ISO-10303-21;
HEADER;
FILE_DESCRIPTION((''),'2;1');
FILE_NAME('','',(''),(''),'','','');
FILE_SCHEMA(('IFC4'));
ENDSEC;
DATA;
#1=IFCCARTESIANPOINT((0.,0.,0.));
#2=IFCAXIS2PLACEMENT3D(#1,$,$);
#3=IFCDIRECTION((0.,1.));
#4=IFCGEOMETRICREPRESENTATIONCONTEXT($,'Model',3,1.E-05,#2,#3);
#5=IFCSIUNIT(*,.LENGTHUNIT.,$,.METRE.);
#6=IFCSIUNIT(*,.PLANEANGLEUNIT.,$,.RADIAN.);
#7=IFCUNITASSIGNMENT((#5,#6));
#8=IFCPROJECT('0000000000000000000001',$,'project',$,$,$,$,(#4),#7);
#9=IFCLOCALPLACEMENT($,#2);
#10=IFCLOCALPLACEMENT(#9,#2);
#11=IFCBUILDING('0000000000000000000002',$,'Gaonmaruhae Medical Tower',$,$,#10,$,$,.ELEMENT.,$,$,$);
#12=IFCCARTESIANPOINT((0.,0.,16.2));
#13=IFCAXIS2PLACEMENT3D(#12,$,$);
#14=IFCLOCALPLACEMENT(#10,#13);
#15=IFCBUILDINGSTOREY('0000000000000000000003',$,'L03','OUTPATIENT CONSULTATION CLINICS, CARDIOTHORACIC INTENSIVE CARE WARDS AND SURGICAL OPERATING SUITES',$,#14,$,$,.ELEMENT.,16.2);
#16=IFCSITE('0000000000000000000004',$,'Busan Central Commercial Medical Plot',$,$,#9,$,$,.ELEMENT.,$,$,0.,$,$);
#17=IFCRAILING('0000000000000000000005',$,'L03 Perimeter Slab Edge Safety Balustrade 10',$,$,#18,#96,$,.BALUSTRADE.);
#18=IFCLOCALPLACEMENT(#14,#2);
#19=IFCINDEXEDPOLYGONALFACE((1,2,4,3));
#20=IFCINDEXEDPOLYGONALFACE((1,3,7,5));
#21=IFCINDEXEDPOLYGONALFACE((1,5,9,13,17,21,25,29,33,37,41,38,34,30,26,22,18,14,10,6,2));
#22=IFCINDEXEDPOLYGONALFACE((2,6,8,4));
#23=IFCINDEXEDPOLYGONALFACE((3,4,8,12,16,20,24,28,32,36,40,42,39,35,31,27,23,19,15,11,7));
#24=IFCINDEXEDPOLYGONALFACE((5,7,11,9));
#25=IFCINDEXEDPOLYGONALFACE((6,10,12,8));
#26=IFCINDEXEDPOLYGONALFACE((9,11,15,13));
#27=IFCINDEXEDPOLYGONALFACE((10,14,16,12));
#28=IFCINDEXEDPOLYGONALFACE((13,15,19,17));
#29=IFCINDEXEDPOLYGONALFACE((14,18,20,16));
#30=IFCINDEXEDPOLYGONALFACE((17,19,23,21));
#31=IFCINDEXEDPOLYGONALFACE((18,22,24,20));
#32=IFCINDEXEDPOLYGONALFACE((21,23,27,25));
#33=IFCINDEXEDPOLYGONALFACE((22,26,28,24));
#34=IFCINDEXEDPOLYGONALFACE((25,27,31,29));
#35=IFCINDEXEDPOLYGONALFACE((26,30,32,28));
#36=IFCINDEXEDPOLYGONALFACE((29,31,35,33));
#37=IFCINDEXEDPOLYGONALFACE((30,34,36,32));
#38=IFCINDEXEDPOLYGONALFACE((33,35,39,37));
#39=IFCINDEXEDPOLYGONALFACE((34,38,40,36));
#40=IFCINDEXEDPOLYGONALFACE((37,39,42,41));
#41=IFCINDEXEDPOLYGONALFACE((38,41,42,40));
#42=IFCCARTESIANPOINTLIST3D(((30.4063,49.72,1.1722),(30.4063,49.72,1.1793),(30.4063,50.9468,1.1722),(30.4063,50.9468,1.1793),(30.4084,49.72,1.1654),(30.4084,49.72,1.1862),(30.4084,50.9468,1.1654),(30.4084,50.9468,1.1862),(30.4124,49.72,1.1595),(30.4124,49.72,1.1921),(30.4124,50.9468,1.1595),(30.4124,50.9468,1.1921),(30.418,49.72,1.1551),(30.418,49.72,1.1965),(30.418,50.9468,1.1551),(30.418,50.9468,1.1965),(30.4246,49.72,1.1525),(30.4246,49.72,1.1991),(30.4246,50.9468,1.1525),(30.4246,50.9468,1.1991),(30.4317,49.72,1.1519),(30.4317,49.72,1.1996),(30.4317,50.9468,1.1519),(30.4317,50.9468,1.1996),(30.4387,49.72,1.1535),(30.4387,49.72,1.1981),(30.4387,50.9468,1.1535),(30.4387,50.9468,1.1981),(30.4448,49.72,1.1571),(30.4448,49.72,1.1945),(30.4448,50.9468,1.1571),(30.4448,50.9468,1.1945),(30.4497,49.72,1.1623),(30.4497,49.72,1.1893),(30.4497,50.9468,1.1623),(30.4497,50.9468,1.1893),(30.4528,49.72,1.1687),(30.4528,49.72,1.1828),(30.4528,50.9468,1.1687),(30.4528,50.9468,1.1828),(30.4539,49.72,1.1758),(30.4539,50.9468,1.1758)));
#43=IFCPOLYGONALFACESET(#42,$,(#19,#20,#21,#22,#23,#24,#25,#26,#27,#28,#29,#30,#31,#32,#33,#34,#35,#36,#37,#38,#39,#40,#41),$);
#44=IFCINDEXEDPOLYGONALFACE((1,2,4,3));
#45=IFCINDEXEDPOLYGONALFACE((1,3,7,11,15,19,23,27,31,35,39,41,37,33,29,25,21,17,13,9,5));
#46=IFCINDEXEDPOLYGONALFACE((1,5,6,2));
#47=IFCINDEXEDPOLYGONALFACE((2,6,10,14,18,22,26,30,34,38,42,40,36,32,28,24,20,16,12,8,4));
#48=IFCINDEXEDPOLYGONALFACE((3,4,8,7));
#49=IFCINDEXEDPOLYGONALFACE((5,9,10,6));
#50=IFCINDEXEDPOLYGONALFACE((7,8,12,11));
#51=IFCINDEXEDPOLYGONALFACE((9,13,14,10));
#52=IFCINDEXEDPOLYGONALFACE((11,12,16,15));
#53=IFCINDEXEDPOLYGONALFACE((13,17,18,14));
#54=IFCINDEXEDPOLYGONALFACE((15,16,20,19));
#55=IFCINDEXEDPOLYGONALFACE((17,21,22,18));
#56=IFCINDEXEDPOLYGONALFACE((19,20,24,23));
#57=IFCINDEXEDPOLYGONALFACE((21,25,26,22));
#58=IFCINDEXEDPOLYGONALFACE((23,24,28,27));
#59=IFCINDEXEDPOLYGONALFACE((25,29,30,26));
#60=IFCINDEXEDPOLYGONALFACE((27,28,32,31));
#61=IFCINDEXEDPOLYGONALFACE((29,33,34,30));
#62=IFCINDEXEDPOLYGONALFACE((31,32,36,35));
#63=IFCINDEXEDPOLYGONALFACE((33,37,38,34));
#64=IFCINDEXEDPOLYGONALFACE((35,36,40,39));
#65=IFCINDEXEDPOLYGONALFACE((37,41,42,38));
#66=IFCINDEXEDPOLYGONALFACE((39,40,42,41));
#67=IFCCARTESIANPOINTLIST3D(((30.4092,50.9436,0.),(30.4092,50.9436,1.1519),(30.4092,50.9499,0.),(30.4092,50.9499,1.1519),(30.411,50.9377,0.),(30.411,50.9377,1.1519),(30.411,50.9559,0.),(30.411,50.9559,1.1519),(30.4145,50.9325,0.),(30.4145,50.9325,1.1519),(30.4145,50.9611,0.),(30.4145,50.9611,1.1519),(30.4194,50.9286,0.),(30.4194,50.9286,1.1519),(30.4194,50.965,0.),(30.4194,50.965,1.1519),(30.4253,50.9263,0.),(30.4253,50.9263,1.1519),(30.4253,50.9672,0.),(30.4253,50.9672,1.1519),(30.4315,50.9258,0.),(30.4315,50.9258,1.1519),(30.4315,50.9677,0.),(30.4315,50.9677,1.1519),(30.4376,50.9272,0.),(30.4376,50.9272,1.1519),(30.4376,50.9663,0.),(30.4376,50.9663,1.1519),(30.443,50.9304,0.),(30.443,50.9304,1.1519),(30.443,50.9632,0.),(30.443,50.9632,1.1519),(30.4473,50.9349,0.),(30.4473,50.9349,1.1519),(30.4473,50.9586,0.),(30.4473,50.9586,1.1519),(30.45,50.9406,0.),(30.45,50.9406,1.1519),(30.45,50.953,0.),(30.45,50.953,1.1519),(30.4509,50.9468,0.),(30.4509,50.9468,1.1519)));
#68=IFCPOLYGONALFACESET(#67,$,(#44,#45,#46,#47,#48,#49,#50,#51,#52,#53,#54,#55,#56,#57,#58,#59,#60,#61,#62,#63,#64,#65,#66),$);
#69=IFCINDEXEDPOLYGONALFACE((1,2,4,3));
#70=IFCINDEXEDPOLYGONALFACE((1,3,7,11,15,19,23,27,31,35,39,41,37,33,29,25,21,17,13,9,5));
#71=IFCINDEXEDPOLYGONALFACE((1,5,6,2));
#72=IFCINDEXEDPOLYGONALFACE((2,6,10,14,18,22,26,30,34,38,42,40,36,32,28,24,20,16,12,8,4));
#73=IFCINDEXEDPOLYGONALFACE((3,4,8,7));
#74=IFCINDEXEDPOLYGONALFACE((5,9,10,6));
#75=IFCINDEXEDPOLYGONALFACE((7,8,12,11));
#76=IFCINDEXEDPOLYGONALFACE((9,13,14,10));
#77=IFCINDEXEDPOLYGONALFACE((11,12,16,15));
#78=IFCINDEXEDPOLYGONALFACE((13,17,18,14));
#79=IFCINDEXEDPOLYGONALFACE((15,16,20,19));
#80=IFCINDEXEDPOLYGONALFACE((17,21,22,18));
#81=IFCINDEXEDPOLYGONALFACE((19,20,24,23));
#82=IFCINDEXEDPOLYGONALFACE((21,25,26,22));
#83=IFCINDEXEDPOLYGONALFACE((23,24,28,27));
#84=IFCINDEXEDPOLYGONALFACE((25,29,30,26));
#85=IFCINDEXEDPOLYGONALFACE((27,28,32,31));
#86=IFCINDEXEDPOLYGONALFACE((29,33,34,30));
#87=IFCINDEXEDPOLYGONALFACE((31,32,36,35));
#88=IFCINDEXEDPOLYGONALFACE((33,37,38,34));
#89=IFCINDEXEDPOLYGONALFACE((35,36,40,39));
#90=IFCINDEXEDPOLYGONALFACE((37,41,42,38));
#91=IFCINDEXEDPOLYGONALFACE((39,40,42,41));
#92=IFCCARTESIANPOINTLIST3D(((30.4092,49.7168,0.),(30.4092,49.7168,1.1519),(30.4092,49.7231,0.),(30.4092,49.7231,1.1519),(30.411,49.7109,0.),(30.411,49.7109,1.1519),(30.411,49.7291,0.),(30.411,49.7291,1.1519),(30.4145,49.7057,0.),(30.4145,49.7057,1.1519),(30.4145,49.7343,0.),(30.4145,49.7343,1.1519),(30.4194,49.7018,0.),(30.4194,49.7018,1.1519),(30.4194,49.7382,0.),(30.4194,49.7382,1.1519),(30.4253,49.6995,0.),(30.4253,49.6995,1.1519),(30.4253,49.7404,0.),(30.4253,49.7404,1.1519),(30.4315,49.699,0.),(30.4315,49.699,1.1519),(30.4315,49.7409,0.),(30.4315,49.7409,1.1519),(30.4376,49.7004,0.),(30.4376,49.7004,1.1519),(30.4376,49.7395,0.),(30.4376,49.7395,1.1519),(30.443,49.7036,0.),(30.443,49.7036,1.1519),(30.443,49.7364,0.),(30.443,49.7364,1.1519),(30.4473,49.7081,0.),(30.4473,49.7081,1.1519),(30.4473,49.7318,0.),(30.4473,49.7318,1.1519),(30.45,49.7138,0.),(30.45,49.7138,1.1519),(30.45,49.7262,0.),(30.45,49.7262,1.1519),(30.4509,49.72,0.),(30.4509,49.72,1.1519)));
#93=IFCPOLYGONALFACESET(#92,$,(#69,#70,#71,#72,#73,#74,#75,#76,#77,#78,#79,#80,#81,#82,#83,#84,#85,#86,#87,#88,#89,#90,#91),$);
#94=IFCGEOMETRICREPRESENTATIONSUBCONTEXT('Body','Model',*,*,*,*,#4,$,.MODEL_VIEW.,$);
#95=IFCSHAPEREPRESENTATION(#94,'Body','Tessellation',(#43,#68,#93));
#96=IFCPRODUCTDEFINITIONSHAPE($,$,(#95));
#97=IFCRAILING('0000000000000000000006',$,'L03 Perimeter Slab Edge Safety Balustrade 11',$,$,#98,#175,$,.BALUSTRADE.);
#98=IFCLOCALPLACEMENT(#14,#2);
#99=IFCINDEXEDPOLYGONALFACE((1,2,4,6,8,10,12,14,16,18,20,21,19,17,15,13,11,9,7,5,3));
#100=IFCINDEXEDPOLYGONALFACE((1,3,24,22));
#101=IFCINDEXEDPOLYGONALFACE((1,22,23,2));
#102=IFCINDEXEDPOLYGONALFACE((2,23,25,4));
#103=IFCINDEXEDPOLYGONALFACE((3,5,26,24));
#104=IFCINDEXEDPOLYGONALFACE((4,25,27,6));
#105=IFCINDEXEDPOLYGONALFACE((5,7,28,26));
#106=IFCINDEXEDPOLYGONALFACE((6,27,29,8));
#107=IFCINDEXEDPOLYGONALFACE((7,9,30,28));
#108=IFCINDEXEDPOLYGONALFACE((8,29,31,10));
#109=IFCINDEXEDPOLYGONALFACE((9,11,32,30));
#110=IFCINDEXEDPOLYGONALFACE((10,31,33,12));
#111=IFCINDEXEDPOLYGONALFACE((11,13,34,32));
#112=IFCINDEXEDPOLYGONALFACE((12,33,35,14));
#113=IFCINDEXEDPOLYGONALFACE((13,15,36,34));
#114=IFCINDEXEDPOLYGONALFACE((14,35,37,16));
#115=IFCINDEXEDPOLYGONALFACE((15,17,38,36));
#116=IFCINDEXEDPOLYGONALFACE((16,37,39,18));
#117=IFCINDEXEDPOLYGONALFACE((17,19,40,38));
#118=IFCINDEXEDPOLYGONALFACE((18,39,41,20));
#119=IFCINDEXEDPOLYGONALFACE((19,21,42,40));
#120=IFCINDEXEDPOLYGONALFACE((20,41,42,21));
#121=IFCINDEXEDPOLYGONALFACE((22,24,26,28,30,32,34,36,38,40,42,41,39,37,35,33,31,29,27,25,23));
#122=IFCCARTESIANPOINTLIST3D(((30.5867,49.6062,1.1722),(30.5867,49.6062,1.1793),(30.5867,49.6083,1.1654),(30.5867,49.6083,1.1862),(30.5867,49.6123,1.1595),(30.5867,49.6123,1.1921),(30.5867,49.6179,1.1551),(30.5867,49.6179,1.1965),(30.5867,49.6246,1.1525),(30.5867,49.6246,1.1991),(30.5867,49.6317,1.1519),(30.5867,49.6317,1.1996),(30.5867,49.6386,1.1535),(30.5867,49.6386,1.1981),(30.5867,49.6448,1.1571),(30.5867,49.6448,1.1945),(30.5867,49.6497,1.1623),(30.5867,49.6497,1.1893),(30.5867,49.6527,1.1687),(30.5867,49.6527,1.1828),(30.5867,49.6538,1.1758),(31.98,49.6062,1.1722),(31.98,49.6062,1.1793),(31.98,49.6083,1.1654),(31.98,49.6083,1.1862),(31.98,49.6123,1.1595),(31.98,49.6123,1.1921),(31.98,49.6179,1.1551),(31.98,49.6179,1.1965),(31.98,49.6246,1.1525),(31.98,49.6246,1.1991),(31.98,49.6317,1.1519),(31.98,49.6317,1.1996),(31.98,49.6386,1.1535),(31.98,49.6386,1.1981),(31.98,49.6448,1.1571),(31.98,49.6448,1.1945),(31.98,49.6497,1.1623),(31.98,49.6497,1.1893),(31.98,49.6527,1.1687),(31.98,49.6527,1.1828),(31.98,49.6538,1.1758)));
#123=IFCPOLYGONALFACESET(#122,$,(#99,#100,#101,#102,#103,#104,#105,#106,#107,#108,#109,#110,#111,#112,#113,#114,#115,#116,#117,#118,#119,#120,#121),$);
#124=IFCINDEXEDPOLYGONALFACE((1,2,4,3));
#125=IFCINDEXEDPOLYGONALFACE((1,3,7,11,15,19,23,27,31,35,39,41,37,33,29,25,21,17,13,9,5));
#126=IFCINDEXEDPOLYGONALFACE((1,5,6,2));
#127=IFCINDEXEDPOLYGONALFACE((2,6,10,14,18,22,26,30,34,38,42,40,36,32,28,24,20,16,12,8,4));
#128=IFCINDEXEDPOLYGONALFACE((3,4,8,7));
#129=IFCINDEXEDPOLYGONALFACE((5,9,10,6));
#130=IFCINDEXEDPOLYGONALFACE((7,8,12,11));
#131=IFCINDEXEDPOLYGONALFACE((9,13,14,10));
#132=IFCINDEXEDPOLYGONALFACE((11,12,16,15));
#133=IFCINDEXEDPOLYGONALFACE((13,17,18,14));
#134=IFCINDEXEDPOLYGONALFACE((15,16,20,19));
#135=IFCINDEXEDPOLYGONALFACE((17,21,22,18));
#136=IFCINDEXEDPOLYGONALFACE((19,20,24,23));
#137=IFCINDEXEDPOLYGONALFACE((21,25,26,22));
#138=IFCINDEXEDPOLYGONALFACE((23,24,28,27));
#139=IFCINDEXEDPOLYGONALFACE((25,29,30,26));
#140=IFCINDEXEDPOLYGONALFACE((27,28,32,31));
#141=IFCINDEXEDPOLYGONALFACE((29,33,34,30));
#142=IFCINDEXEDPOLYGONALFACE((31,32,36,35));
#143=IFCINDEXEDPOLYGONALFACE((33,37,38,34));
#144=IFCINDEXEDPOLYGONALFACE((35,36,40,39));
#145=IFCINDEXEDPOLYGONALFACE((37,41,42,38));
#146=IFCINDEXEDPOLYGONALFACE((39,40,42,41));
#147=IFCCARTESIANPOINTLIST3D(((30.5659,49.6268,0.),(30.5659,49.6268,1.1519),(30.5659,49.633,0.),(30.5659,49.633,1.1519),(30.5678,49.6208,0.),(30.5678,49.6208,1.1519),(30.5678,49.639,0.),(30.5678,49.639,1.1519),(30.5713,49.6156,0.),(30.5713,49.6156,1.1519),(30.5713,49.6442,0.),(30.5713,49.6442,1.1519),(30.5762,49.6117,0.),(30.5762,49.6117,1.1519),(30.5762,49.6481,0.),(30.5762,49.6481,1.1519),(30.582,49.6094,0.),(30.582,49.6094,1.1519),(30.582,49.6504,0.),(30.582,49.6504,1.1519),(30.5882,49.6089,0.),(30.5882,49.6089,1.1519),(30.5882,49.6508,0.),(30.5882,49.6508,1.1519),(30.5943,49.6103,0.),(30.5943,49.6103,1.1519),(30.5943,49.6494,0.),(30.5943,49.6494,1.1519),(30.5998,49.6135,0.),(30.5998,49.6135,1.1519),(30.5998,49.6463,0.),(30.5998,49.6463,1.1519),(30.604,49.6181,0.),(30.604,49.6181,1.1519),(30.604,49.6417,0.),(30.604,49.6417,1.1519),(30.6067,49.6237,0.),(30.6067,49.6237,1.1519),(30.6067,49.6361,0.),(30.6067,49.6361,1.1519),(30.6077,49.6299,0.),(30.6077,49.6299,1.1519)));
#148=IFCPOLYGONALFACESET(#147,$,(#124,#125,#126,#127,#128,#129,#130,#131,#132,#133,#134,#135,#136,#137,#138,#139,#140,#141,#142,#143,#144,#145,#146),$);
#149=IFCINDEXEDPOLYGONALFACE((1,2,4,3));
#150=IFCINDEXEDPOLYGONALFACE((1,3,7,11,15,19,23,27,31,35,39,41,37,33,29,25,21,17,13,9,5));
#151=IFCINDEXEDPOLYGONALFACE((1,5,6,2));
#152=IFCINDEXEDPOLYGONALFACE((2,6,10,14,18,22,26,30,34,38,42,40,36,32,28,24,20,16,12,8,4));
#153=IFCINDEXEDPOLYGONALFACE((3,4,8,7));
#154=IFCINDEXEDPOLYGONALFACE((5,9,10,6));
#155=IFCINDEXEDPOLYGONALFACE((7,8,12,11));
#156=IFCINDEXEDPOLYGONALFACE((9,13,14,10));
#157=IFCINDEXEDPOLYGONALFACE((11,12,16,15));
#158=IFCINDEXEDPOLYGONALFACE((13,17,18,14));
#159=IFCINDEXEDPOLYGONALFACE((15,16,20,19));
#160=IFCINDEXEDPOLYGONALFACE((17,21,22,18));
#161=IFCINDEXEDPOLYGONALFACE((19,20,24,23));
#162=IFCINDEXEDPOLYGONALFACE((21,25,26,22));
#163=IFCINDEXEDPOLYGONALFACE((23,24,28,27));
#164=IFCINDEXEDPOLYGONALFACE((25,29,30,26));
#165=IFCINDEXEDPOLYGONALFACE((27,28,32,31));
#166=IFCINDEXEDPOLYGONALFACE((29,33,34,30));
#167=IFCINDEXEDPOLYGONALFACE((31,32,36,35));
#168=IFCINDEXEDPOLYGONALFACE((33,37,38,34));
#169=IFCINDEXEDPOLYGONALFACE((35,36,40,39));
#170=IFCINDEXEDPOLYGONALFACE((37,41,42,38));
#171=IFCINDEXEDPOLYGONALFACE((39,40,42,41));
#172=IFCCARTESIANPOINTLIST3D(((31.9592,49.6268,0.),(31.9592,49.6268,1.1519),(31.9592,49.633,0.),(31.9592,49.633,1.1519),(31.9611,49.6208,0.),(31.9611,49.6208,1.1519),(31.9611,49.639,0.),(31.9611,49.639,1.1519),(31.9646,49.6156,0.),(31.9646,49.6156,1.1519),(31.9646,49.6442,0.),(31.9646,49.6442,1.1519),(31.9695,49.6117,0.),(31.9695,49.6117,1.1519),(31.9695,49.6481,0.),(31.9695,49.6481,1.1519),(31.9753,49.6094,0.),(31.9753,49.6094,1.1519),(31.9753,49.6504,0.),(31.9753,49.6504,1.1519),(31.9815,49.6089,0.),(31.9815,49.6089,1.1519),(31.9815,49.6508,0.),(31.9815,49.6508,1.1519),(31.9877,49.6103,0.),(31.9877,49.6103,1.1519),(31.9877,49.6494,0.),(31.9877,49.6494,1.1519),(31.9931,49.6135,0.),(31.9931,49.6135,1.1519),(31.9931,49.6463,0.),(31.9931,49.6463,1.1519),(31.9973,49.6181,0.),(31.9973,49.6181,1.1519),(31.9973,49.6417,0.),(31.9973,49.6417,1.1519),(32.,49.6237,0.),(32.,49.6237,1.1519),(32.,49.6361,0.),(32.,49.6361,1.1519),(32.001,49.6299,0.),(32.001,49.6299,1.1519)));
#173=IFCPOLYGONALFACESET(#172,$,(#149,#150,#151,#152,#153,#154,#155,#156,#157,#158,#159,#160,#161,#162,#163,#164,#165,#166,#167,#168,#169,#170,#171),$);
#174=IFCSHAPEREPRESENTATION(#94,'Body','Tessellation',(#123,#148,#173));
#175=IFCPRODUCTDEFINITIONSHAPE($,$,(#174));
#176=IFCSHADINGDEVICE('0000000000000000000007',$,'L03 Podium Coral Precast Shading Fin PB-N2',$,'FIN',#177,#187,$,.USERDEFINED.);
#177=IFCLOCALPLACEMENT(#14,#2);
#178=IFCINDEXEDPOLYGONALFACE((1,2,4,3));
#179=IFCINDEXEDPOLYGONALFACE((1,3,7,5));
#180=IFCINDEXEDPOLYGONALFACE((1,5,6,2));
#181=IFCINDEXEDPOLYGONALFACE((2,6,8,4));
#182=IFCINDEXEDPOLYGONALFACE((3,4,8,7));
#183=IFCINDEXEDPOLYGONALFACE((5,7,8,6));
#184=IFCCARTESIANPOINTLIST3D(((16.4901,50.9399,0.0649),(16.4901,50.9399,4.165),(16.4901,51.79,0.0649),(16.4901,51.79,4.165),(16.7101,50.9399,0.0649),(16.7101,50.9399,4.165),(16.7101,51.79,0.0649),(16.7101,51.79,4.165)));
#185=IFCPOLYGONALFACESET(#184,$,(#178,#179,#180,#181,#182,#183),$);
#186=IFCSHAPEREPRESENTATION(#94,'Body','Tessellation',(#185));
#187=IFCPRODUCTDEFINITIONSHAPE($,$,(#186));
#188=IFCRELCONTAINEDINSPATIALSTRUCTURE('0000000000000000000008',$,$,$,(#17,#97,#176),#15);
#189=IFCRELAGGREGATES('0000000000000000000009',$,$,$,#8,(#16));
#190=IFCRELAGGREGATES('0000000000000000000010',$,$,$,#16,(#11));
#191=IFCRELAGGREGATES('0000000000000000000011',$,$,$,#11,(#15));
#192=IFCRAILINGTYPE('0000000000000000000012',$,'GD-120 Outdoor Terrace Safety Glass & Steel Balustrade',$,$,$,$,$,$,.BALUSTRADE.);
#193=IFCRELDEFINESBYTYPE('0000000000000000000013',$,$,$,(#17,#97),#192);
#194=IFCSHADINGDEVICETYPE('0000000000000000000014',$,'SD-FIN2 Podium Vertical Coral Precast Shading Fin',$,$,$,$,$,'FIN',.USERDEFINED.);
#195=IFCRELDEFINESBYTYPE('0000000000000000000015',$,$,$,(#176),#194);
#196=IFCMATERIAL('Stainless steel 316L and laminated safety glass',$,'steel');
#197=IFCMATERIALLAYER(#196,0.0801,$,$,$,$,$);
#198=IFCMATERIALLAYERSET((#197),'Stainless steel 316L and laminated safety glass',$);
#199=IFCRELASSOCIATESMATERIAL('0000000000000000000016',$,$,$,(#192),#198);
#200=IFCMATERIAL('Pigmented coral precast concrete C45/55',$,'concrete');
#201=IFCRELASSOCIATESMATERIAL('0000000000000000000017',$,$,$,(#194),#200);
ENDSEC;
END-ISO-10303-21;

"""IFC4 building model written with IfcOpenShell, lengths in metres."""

from ifc_helpers import new_model, si_unit, direction, frame, origin, origin_2d, place, context, subcontext, project, spatial, rectangle, circle, extrude, material, layer, layer_set, type_object, element, save


model = new_model("IFC4")

# Units and contexts
model_context = context("Model", 3, precision=1e-05, world=origin(), true_north=direction((0.0, 1.0)))
body_context = subcontext(model_context, "Body", "Model", "MODEL_VIEW")
ifc_project = project(units=[si_unit("LENGTHUNIT", "METRE"), si_unit("PLANEANGLEUNIT", "RADIAN")], contexts=[model_context])

# Site, building, storey
site_placement = place(None, origin())
site = spatial("IfcSite", under=ifc_project, at=site_placement, Name="Busan Central Commercial Medical Plot", CompositionType="ELEMENT", RefElevation=0.0)
building_placement = place(site_placement, origin())
building = spatial("IfcBuilding", under=site, at=building_placement, Name="Gaonmaruhae Medical Tower", CompositionType="ELEMENT")
storey_placement = place(building_placement, frame((0.0, 0.0, 16.2)))
storey = spatial("IfcBuildingStorey", under=building, at=storey_placement, Name="L03", Description="OUTPATIENT CONSULTATION CLINICS, CARDIOTHORACIC INTENSIVE CARE WARDS AND SURGICAL OPERATING SUITES", CompositionType="ELEMENT", Elevation=16.2)

# Railings
ifc_material_1 = material(Name="Stainless steel 316L and laminated safety glass", Category="steel")
ifc_layer_1 = layer(ifc_material_1, 0.0801)
ifc_layer_set_1 = layer_set([ifc_layer_1], Name="Stainless steel 316L and laminated safety glass")
railing_type = type_object("IfcRailingType", Name="GD-120 Outdoor Terrace Safety Glass & Steel Balustrade", PredefinedType="BALUSTRADE", material=ifc_layer_set_1)
railing_1_placement = place(storey_placement, frame((30.4299, 50.9468, 0.0)))
element("IfcRailing", 1, at=railing_1_placement, inside=storey, type_object=railing_type, Name="L03 Perimeter Slab Edge Safety Balustrade 10", PredefinedType="BALUSTRADE", context=body_context, shape_type="SweptSolid", body=[
    extrude(circle(Radius=0.0239, at=origin_2d()), frame((0.0, 0.0, 1.1758), z_axis=(0.0, -1.0, 0.0), x_axis=(1.0, 0.0, 0.0)), (0.0, 0.0, 1.0), 1.2268),
    extrude(circle(Radius=0.021, at=origin_2d()), origin(), (0.0, 0.0, 1.0), 1.1519),
    extrude(circle(Radius=0.021, at=origin_2d()), frame((0.0, -1.2268, 0.0)), (0.0, 0.0, 1.0), 1.1519),
])
railing_2_placement = place(storey_placement, frame((30.5867, 49.6299, 0.0)))
element("IfcRailing", 2, at=railing_2_placement, inside=storey, type_object=railing_type, Name="L03 Perimeter Slab Edge Safety Balustrade 11", PredefinedType="BALUSTRADE", context=body_context, shape_type="SweptSolid", body=[
    extrude(circle(Radius=0.0239, at=origin_2d()), frame((0.0, 0.0, 1.1758), z_axis=(1.0, 0.0, 0.0), x_axis=(0.0, 1.0, 0.0)), (0.0, 0.0, 1.0), 1.3933),
    extrude(circle(Radius=0.021, at=origin_2d()), origin(), (0.0, 0.0, 1.0), 1.1519),
    extrude(circle(Radius=0.021, at=origin_2d()), frame((1.3933, 0.0, 0.0)), (0.0, 0.0, 1.0), 1.1519),
])

# Shading device
ifc_material_2 = material(Name="Pigmented coral precast concrete C45/55", Category="concrete")
shading_device_type = type_object("IfcShadingDeviceType", Name="SD-FIN2 Podium Vertical Coral Precast Shading Fin", ElementType="FIN", PredefinedType="USERDEFINED", material=ifc_material_2)
shading_device_placement = place(storey_placement, frame((16.6001, 51.365, 0.0649), z_axis=(0.0, 0.0, 1.0), x_axis=(1.0, 0.0, 0.0)))
element("IfcShadingDevice", 3, at=shading_device_placement, inside=storey, type_object=shading_device_type, Name="L03 Podium Coral Precast Shading Fin PB-N2", ObjectType="FIN", PredefinedType="USERDEFINED", context=body_context, shape_type="SweptSolid", body=[
    extrude(rectangle(XDim=0.22, YDim=0.8501, at=origin_2d()), origin(), (0.0, 0.0, 1.0), 4.1001),
])

save(model, "model.ifc")
